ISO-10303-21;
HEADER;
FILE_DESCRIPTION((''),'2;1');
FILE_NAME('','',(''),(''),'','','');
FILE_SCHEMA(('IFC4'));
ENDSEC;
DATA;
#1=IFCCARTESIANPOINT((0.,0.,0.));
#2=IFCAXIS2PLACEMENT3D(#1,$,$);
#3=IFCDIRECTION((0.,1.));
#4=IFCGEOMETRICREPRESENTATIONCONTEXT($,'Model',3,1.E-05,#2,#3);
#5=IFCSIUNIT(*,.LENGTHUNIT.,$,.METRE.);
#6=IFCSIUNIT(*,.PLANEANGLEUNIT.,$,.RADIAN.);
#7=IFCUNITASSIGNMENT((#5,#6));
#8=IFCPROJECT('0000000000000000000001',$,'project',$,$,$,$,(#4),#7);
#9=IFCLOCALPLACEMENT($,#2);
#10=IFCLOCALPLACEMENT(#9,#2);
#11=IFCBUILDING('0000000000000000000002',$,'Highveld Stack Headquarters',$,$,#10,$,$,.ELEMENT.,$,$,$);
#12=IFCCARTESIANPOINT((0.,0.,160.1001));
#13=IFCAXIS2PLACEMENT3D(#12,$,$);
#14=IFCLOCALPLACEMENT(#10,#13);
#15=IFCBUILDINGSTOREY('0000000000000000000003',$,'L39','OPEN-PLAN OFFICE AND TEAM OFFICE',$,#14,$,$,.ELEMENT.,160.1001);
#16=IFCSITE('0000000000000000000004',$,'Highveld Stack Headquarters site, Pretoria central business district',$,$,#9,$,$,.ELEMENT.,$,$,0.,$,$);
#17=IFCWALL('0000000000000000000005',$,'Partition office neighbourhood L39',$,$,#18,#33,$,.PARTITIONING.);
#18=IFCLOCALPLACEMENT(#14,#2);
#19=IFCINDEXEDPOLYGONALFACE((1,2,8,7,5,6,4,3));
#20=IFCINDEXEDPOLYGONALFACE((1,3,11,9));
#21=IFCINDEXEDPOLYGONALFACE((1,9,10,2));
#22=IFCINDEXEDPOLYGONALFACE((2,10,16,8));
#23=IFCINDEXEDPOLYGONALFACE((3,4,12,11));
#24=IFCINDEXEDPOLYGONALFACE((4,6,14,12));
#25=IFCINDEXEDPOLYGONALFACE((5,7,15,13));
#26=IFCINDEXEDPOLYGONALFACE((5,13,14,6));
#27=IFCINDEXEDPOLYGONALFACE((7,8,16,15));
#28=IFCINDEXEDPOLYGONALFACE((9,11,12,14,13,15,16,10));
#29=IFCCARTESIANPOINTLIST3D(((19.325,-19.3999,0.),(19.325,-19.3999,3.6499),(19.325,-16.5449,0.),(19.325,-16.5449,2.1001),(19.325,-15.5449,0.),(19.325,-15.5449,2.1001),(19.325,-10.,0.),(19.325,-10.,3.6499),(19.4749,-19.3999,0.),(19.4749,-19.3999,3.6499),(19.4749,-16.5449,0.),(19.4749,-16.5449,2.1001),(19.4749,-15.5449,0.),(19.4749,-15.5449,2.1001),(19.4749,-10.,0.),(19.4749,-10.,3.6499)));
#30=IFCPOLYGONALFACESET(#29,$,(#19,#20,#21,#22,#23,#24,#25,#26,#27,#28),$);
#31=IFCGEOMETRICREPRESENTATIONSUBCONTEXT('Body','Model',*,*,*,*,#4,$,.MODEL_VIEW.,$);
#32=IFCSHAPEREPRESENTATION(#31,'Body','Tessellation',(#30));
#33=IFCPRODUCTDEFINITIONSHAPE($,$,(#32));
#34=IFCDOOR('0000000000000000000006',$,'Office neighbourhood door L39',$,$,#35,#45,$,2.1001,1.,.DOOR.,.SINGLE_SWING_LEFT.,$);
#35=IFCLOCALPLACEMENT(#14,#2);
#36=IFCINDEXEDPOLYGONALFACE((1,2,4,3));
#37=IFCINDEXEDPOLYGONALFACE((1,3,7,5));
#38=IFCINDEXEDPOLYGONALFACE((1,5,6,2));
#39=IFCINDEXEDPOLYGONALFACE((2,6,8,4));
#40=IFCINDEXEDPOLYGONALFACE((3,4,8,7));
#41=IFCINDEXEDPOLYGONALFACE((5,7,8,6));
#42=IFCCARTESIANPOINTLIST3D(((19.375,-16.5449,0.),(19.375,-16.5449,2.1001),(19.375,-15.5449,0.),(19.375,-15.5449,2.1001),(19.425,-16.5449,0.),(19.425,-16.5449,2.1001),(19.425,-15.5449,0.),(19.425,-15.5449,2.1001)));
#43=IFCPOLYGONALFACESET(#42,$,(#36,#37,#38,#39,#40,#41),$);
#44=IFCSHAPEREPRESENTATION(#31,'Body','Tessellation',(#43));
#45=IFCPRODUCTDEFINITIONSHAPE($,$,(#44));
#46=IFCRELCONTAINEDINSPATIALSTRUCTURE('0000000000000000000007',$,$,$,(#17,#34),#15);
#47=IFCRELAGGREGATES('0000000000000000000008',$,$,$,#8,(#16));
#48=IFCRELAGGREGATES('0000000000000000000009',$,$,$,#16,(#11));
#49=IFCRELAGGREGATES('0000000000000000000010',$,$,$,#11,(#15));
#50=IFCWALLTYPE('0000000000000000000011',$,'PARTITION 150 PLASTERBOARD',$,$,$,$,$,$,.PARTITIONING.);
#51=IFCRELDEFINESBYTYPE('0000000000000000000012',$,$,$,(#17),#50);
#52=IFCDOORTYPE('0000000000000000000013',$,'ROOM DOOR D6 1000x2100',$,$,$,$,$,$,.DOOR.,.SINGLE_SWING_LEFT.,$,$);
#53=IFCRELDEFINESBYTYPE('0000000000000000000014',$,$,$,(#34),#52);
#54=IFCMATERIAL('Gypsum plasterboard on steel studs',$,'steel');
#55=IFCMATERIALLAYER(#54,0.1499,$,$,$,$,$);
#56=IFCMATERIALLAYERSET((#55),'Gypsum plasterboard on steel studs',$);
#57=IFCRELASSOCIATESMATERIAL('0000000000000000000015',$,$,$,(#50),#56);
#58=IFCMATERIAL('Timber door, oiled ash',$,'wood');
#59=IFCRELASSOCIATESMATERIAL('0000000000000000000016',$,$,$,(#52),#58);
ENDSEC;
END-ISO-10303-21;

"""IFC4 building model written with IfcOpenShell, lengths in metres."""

from ifc_helpers import new_model, si_unit, direction, frame, frame_2d, origin, place, context, subcontext, project, spatial, rectangle, extrude, material, layer, layer_set, type_object, element, fill, save


model = new_model("IFC4")

# Units and contexts
model_context = context("Model", 3, precision=1e-05, world=origin(), true_north=direction((0.0, 1.0)))
body_context = subcontext(model_context, "Body", "Model", "MODEL_VIEW")
ifc_project = project(units=[si_unit("LENGTHUNIT", "METRE"), si_unit("PLANEANGLEUNIT", "RADIAN")], contexts=[model_context])

# Site, building, storey
site_placement = place(None, origin())
site = spatial("IfcSite", under=ifc_project, at=site_placement, Name="Highveld Stack Headquarters site, Pretoria central business district", CompositionType="ELEMENT", RefElevation=0.0)
building_placement = place(site_placement, origin())
building = spatial("IfcBuilding", under=site, at=building_placement, Name="Highveld Stack Headquarters", CompositionType="ELEMENT")
storey_placement = place(building_placement, frame((0.0, 0.0, 160.1001)))
storey = spatial("IfcBuildingStorey", under=building, at=storey_placement, Name="L39", Description="OPEN-PLAN OFFICE AND TEAM OFFICE", CompositionType="ELEMENT", Elevation=160.1001)

# Shared definitions
ifc_material_1 = material(Name="Gypsum plasterboard on steel studs", Category="steel")
ifc_layer_1 = layer(ifc_material_1, 0.1499)
ifc_layer_set_1 = layer_set([ifc_layer_1], Name="Gypsum plasterboard on steel studs")
wall_type = type_object("IfcWallType", Name="PARTITION 150 PLASTERBOARD", PredefinedType="PARTITIONING", material=ifc_layer_set_1)

# Wall, opening, door
wall_1_placement = place(storey_placement, frame((19.3999, -19.3999, 0.0), z_axis=(0.0, 0.0, 1.0), x_axis=(0.0, 1.0, 0.0)))
wall_1 = element("IfcWall", 1, at=wall_1_placement, inside=storey, type_object=wall_type, Name="Partition office neighbourhood L39", PredefinedType="PARTITIONING", context=body_context, shape_type="SweptSolid", body=[
    extrude(rectangle(XDim=9.3999, YDim=0.1499, at=frame_2d((4.7, 0.0))), origin(), (0.0, 0.0, 1.0), 3.6499),
])
opening_placement = place(wall_1_placement, frame((2.855, 0.0, 0.0)))
opening = element("IfcOpeningElement", 2, at=opening_placement, cuts=wall_1, PredefinedType="OPENING", context=body_context, shape_type="SweptSolid", body=[
    extrude(rectangle(XDim=1.0, YDim=2.1001, at=frame_2d((0.5, 1.05))), frame((0.0, 0.085, 0.0), z_axis=(0.0, -1.0, 0.0), x_axis=(1.0, 0.0, 0.0)), (0.0, 0.0, 1.0), 0.1699),
])
ifc_material_2 = material(Name="Timber door, oiled ash", Category="wood")
door_type = type_object("IfcDoorType", Name="ROOM DOOR D6 1000x2100", OperationType="SINGLE_SWING_LEFT", PredefinedType="DOOR", material=ifc_material_2)
door_placement = place(opening_placement, origin())
door = element("IfcDoor", 3, at=door_placement, inside=storey, type_object=door_type, Name="Office neighbourhood door L39", OperationType="SINGLE_SWING_LEFT", OverallHeight=2.1001, OverallWidth=1.0, PredefinedType="DOOR", context=body_context, shape_type="SweptSolid", body=[
    extrude(rectangle(XDim=1.0, YDim=2.1001, at=frame_2d((0.5, 1.05))), frame((0.0, 0.0249, 0.0), z_axis=(0.0, -1.0, 0.0), x_axis=(1.0, 0.0, 0.0)), (0.0, 0.0, 1.0), 0.05),
])
fill(opening, door)

save(model, "model.ifc")
